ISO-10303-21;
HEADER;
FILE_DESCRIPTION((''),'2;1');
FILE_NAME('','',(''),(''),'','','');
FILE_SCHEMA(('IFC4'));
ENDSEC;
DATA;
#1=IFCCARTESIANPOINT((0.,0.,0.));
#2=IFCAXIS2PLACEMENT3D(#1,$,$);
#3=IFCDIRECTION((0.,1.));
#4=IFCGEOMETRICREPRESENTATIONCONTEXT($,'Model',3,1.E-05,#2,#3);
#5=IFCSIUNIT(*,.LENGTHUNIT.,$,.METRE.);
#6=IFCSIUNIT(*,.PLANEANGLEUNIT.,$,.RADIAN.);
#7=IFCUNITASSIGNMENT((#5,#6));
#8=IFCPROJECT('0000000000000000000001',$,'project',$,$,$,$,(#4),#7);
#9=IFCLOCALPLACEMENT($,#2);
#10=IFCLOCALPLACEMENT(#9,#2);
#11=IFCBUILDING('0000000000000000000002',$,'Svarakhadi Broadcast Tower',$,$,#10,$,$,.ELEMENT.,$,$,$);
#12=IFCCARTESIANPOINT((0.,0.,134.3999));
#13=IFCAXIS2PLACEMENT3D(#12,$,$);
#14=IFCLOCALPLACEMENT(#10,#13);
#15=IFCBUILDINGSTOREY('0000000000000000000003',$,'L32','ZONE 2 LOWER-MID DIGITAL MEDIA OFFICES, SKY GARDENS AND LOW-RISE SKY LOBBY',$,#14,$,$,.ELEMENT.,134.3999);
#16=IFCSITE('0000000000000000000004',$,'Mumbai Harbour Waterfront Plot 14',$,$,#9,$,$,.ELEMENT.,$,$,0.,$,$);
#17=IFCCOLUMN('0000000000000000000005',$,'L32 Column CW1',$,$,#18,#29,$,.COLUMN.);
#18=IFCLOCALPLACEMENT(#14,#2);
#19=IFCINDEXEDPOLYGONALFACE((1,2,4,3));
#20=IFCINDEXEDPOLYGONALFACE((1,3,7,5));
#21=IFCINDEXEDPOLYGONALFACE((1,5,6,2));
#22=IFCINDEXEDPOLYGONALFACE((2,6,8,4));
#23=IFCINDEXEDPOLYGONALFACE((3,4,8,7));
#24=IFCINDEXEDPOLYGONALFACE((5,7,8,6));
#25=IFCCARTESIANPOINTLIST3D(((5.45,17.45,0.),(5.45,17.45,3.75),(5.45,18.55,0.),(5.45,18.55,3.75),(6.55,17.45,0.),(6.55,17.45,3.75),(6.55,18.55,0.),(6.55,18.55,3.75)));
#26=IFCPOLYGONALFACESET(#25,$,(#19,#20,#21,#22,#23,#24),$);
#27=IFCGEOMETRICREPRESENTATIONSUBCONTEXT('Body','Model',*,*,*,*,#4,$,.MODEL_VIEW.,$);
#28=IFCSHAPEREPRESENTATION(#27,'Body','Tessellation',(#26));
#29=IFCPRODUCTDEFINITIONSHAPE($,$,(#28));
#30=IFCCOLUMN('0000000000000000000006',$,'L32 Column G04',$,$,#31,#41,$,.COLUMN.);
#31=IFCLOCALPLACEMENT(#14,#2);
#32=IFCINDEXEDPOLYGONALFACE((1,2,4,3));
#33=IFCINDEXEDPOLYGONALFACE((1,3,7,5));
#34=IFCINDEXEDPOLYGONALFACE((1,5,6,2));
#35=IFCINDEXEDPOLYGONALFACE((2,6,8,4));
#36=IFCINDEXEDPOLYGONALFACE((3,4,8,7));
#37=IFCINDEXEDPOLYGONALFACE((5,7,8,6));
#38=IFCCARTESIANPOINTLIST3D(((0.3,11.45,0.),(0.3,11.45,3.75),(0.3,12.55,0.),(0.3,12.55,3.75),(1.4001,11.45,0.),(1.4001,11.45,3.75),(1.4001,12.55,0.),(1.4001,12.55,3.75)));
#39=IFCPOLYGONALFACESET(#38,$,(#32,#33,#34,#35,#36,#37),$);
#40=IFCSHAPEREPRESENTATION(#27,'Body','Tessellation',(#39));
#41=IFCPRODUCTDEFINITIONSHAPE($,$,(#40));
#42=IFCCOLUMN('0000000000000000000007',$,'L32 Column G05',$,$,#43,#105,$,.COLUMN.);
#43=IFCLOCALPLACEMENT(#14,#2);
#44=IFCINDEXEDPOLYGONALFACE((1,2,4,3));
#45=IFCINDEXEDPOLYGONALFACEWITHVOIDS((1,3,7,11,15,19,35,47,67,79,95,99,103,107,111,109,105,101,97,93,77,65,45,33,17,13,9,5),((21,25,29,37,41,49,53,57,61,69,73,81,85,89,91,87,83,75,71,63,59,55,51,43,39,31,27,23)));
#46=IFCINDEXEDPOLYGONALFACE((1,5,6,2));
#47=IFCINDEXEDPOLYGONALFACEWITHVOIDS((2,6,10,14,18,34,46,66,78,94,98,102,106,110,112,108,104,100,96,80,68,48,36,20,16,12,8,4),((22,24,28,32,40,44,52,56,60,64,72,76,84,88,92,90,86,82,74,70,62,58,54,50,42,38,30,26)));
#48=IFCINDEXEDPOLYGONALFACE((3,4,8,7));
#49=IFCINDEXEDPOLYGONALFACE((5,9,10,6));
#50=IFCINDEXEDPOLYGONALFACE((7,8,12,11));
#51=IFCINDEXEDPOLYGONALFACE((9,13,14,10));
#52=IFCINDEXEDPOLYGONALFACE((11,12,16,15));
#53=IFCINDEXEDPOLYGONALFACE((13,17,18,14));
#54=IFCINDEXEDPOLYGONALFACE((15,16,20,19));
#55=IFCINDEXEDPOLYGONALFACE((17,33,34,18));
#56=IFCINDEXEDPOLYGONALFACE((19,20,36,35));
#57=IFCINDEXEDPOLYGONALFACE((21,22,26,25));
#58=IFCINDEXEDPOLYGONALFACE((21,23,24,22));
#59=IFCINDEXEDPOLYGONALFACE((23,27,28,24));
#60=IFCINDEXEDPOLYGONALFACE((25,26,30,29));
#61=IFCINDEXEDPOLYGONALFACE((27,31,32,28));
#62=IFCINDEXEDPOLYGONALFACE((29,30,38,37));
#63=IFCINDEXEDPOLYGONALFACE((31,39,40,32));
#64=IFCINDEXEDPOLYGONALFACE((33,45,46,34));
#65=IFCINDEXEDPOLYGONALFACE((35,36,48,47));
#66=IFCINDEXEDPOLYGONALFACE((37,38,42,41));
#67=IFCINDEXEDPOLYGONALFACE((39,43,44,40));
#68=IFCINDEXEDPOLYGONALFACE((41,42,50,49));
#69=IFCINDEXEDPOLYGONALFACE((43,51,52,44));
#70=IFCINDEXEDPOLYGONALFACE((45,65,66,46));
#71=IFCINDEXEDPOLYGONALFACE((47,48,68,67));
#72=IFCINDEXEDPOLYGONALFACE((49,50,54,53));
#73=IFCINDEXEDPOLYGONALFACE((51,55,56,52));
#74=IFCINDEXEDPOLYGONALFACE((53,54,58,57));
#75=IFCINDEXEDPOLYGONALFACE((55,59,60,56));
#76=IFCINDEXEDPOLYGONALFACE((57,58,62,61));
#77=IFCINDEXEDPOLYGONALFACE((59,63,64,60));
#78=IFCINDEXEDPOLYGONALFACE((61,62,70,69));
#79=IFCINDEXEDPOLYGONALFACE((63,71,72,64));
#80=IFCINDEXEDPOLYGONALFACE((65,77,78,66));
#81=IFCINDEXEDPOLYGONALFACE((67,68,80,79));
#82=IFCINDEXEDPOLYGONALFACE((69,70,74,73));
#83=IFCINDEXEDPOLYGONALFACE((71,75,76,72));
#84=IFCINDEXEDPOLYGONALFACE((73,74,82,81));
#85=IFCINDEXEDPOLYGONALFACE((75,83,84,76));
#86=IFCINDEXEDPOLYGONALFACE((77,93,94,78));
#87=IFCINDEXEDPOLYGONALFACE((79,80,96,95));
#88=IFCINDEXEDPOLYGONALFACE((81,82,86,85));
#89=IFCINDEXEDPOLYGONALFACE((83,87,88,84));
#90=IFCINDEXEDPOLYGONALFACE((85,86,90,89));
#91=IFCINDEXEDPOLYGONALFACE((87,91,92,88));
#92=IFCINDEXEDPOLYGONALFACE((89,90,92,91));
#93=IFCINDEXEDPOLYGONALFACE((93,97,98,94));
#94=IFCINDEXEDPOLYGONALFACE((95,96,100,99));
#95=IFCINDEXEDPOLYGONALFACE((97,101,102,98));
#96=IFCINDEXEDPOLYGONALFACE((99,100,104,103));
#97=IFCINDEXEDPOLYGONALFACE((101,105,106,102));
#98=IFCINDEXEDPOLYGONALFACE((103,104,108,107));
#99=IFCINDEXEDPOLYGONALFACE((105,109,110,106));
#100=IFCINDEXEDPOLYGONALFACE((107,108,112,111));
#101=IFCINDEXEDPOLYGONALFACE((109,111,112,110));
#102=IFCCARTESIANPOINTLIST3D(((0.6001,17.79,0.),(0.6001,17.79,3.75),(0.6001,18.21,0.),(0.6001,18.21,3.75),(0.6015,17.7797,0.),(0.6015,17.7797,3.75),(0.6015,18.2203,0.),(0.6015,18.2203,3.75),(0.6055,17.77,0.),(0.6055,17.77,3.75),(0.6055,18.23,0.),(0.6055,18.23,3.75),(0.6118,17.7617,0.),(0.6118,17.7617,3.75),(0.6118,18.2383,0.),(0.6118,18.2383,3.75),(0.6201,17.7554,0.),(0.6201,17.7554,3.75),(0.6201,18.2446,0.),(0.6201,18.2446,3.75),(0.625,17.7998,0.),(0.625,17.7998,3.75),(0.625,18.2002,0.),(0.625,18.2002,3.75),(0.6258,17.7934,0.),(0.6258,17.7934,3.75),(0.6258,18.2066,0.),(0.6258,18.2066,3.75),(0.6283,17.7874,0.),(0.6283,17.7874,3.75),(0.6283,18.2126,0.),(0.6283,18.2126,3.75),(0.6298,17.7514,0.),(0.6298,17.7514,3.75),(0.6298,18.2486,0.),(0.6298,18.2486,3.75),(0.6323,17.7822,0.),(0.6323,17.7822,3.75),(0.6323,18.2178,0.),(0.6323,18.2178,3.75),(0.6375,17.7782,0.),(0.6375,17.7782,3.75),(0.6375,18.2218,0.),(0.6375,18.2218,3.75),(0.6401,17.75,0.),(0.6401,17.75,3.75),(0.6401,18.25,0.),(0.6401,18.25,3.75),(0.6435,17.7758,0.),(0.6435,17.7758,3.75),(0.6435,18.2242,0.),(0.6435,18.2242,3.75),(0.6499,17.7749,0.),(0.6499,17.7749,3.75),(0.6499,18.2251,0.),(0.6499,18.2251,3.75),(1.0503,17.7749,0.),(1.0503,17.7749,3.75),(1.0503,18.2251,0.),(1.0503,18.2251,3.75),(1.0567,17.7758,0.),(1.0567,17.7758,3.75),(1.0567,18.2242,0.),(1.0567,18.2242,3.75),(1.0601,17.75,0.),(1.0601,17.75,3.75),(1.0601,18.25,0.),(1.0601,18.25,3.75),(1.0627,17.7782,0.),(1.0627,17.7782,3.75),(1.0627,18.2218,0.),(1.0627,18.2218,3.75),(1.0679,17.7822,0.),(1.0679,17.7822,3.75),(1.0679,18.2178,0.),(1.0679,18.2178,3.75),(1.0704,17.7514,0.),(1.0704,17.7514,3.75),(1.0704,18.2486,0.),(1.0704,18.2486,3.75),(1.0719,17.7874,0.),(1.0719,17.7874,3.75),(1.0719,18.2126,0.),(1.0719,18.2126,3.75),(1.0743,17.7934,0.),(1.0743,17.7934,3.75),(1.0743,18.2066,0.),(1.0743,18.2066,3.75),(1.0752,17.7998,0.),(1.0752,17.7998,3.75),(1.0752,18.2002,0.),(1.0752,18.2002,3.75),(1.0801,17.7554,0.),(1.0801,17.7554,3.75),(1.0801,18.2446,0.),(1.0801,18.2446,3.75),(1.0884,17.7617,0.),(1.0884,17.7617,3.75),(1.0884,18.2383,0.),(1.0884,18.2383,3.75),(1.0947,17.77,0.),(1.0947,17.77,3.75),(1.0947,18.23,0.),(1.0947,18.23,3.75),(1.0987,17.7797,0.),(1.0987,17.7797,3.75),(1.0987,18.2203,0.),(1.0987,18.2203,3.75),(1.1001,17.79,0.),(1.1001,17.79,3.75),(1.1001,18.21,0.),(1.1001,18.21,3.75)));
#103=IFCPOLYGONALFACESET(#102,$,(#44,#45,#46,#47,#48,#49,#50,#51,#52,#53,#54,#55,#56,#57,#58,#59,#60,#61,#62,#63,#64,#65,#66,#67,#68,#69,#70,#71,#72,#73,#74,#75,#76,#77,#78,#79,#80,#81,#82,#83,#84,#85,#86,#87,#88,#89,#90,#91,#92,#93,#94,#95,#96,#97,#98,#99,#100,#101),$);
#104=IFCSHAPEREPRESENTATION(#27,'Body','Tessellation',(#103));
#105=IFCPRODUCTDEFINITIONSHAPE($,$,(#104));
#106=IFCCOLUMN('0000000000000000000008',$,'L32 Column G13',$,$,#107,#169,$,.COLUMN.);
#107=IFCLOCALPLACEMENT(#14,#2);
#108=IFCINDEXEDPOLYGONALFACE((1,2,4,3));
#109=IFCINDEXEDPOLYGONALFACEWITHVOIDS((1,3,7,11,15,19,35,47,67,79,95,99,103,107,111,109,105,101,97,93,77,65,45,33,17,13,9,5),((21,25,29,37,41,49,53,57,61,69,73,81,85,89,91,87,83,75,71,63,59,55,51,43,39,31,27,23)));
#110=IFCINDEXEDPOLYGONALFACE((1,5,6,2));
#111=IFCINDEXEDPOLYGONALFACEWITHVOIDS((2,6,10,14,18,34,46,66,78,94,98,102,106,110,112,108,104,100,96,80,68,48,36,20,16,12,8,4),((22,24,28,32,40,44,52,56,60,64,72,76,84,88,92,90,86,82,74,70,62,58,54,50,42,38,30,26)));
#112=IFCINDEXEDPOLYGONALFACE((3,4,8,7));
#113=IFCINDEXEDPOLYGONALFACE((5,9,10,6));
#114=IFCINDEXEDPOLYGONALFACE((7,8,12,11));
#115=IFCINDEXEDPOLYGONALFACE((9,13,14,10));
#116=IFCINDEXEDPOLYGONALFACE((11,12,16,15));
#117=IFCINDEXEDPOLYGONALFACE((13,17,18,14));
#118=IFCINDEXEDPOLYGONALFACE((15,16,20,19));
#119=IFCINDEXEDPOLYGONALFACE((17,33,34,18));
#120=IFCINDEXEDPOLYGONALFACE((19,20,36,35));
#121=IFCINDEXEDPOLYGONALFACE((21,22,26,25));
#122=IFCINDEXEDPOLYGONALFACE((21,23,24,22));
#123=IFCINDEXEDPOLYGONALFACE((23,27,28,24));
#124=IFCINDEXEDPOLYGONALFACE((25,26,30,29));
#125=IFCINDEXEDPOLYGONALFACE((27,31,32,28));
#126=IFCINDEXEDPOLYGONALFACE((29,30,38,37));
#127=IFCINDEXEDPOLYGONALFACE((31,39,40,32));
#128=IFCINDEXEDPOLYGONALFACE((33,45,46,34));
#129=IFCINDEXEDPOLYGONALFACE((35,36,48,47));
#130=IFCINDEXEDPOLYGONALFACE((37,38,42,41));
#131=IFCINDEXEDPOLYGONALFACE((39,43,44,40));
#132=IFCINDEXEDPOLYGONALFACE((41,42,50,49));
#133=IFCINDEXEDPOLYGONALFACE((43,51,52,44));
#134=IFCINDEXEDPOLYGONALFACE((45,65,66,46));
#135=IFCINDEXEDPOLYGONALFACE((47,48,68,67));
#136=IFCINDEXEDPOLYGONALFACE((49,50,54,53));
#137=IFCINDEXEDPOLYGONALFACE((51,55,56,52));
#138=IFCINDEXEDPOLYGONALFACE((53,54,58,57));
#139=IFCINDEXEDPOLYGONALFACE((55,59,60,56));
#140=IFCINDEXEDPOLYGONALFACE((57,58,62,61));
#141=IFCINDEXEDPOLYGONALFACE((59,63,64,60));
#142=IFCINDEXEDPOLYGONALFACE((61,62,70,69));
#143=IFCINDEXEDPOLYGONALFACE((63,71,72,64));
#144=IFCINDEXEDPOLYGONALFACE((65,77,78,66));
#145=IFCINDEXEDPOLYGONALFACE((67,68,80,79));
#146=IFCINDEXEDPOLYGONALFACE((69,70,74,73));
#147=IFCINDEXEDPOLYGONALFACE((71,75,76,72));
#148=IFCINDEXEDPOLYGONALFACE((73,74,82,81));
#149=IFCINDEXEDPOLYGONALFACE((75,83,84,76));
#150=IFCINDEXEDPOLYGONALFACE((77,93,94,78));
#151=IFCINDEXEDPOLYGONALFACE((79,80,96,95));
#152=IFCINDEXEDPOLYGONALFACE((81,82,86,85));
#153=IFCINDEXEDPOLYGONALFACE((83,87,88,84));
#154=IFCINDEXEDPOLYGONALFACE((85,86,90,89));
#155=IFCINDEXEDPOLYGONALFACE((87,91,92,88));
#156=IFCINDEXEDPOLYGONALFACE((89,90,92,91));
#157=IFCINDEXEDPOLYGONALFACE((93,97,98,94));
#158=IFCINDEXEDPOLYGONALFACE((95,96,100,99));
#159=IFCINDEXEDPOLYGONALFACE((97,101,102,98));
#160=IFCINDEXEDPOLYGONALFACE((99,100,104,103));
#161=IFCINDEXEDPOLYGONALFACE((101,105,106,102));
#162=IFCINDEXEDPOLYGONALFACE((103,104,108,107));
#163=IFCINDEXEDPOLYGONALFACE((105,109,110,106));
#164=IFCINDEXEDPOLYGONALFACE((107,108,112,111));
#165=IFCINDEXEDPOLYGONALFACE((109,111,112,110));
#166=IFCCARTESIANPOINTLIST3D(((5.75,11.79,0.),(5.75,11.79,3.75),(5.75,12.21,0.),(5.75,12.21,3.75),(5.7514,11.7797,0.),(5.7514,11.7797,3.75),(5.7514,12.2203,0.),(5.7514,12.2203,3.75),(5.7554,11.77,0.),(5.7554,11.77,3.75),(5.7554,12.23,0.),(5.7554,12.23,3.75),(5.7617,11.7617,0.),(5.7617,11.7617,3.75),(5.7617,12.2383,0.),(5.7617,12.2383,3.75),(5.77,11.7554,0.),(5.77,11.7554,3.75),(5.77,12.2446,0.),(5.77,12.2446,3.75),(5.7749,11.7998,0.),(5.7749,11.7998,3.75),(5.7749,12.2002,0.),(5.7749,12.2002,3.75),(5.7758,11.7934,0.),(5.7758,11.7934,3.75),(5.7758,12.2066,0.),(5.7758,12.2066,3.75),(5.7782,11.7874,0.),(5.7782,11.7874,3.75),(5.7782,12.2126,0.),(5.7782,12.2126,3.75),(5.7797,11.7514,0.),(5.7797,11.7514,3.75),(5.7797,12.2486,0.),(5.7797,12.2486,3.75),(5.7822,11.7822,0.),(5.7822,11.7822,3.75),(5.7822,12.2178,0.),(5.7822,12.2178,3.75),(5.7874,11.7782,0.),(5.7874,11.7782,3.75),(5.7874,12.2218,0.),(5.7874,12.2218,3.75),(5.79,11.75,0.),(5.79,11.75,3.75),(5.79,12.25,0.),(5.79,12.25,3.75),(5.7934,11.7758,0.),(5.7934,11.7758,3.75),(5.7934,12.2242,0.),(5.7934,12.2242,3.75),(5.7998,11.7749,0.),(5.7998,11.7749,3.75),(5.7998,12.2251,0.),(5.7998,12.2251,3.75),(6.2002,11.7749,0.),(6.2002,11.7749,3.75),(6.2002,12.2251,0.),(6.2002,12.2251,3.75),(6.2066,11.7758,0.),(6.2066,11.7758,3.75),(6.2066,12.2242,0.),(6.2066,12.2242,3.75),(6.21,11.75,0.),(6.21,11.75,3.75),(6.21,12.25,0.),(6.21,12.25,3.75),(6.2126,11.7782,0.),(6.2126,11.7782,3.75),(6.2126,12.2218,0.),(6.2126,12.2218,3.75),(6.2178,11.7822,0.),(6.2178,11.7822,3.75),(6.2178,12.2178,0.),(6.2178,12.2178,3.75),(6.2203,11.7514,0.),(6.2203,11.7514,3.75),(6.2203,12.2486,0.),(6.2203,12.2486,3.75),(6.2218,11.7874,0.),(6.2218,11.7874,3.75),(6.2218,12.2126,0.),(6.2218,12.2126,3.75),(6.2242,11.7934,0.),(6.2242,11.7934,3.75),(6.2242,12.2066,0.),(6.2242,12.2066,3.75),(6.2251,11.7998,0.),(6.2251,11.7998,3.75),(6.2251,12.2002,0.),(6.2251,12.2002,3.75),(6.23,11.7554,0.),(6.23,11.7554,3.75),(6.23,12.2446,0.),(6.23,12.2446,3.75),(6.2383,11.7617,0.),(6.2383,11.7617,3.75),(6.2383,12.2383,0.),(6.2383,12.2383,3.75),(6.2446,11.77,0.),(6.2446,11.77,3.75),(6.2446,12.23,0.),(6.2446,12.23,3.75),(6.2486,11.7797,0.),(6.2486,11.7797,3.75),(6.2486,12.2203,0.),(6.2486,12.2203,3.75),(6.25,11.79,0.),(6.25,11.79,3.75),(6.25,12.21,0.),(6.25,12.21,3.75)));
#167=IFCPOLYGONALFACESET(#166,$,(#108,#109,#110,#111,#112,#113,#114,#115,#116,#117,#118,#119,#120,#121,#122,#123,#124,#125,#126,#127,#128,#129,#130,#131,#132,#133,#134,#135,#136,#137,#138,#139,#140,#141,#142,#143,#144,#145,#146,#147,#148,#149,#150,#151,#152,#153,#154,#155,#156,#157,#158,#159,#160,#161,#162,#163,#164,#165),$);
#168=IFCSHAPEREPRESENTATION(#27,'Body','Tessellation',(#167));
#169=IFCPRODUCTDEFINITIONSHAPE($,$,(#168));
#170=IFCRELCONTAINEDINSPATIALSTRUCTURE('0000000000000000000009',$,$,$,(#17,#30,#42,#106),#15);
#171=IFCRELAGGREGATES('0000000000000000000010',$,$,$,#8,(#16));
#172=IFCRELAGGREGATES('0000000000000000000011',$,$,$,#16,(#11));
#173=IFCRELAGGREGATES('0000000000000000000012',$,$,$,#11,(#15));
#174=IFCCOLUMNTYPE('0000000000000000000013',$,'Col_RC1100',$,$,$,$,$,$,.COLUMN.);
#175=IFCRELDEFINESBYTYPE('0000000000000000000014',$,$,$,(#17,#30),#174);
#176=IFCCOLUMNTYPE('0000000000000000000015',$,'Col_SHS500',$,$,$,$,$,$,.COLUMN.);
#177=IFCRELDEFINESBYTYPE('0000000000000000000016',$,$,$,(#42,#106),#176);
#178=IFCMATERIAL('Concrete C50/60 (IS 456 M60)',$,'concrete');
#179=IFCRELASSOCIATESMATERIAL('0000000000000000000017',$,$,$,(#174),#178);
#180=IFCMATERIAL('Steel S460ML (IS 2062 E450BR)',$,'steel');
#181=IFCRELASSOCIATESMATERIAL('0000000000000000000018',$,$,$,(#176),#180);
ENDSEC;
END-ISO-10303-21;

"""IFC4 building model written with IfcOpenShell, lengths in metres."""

from ifc_helpers import new_model, si_unit, direction, frame, origin, origin_2d, place, context, subcontext, project, spatial, rectangle, hollow_rectangle, extrude, material, material_profile, profile_set, type_object, element, save


model = new_model("IFC4")

# Units and contexts
model_context = context("Model", 3, precision=1e-05, world=origin(), true_north=direction((0.0, 1.0)))
body_context = subcontext(model_context, "Body", "Model", "MODEL_VIEW")
ifc_project = project(units=[si_unit("LENGTHUNIT", "METRE"), si_unit("PLANEANGLEUNIT", "RADIAN")], contexts=[model_context])

# Site, building, storey
site_placement = place(None, origin())
site = spatial("IfcSite", under=ifc_project, at=site_placement, Name="Mumbai Harbour Waterfront Plot 14", CompositionType="ELEMENT", RefElevation=0.0)
building_placement = place(site_placement, origin())
building = spatial("IfcBuilding", under=site, at=building_placement, Name="Svarakhadi Broadcast Tower", CompositionType="ELEMENT")
storey_placement = place(building_placement, frame((0.0, 0.0, 134.3999)))
storey = spatial("IfcBuildingStorey", under=building, at=storey_placement, Name="L32", Description="ZONE 2 LOWER-MID DIGITAL MEDIA OFFICES, SKY GARDENS AND LOW-RISE SKY LOBBY", CompositionType="ELEMENT", Elevation=134.3999)

# Columns
ifc_material_1 = material(Name="Concrete C50/60 (IS 456 M60)", Category="concrete")
ifc_material_profile_1 = material_profile(ifc_material_1, rectangle(XDim=1.1001, YDim=1.1001, at=origin_2d()), Name="RC 1100x1100")
ifc_profile_set_1 = profile_set([ifc_material_profile_1], Name="Concrete C50/60 (IS 456 M60)")
column_type_1 = type_object("IfcColumnType", Name="Col_RC1100", PredefinedType="COLUMN", material=ifc_profile_set_1)
for number, where, z_axis, x_axis, name in (
    (1, (6.0, 18.0, 0.0), (0.0, 0.0, 1.0), (1.0, 0.0, 0.0), "L32 Column CW1"),
    (2, (0.8501, 12.0, 0.0), (0.0, 0.0, 1.0), (1.0, 0.0, 0.0), "L32 Column G04"),
):
    element("IfcColumn", number, at=place(storey_placement, frame(where, z_axis=z_axis, x_axis=x_axis)), inside=storey, type_object=column_type_1, Name=name, PredefinedType="COLUMN", context=body_context, shape_type="SweptSolid", body=[
        extrude(rectangle(XDim=1.1001, YDim=1.1001, at=origin_2d()), origin(), (0.0, 0.0, 1.0), 3.75),
    ])
ifc_material_2 = material(Name="Steel S460ML (IS 2062 E450BR)", Category="steel")
ifc_material_profile_2 = material_profile(ifc_material_2, hollow_rectangle(XDim=0.5, YDim=0.5, WallThickness=0.0249, InnerFilletRadius=0.0249, OuterFilletRadius=0.04, at=origin_2d()), Name="SHS 500x500x25")
ifc_profile_set_2 = profile_set([ifc_material_profile_2], Name="Steel S460ML (IS 2062 E450BR)")
column_type_2 = type_object("IfcColumnType", Name="Col_SHS500", PredefinedType="COLUMN", material=ifc_profile_set_2)
for number, where, z_axis, x_axis, name in (
    (3, (0.8501, 18.0, 0.0), (0.0, 0.0, 1.0), (1.0, 0.0, 0.0), "L32 Column G05"),
    (4, (6.0, 12.0, 0.0), (0.0, 0.0, 1.0), (1.0, 0.0, 0.0), "L32 Column G13"),
):
    element("IfcColumn", number, at=place(storey_placement, frame(where, z_axis=z_axis, x_axis=x_axis)), inside=storey, type_object=column_type_2, Name=name, PredefinedType="COLUMN", context=body_context, shape_type="SweptSolid", body=[
        extrude(hollow_rectangle(XDim=0.5, YDim=0.5, WallThickness=0.0249, InnerFilletRadius=0.0249, OuterFilletRadius=0.04, at=origin_2d()), origin(), (0.0, 0.0, 1.0), 3.75),
    ])

save(model, "model.ifc")
